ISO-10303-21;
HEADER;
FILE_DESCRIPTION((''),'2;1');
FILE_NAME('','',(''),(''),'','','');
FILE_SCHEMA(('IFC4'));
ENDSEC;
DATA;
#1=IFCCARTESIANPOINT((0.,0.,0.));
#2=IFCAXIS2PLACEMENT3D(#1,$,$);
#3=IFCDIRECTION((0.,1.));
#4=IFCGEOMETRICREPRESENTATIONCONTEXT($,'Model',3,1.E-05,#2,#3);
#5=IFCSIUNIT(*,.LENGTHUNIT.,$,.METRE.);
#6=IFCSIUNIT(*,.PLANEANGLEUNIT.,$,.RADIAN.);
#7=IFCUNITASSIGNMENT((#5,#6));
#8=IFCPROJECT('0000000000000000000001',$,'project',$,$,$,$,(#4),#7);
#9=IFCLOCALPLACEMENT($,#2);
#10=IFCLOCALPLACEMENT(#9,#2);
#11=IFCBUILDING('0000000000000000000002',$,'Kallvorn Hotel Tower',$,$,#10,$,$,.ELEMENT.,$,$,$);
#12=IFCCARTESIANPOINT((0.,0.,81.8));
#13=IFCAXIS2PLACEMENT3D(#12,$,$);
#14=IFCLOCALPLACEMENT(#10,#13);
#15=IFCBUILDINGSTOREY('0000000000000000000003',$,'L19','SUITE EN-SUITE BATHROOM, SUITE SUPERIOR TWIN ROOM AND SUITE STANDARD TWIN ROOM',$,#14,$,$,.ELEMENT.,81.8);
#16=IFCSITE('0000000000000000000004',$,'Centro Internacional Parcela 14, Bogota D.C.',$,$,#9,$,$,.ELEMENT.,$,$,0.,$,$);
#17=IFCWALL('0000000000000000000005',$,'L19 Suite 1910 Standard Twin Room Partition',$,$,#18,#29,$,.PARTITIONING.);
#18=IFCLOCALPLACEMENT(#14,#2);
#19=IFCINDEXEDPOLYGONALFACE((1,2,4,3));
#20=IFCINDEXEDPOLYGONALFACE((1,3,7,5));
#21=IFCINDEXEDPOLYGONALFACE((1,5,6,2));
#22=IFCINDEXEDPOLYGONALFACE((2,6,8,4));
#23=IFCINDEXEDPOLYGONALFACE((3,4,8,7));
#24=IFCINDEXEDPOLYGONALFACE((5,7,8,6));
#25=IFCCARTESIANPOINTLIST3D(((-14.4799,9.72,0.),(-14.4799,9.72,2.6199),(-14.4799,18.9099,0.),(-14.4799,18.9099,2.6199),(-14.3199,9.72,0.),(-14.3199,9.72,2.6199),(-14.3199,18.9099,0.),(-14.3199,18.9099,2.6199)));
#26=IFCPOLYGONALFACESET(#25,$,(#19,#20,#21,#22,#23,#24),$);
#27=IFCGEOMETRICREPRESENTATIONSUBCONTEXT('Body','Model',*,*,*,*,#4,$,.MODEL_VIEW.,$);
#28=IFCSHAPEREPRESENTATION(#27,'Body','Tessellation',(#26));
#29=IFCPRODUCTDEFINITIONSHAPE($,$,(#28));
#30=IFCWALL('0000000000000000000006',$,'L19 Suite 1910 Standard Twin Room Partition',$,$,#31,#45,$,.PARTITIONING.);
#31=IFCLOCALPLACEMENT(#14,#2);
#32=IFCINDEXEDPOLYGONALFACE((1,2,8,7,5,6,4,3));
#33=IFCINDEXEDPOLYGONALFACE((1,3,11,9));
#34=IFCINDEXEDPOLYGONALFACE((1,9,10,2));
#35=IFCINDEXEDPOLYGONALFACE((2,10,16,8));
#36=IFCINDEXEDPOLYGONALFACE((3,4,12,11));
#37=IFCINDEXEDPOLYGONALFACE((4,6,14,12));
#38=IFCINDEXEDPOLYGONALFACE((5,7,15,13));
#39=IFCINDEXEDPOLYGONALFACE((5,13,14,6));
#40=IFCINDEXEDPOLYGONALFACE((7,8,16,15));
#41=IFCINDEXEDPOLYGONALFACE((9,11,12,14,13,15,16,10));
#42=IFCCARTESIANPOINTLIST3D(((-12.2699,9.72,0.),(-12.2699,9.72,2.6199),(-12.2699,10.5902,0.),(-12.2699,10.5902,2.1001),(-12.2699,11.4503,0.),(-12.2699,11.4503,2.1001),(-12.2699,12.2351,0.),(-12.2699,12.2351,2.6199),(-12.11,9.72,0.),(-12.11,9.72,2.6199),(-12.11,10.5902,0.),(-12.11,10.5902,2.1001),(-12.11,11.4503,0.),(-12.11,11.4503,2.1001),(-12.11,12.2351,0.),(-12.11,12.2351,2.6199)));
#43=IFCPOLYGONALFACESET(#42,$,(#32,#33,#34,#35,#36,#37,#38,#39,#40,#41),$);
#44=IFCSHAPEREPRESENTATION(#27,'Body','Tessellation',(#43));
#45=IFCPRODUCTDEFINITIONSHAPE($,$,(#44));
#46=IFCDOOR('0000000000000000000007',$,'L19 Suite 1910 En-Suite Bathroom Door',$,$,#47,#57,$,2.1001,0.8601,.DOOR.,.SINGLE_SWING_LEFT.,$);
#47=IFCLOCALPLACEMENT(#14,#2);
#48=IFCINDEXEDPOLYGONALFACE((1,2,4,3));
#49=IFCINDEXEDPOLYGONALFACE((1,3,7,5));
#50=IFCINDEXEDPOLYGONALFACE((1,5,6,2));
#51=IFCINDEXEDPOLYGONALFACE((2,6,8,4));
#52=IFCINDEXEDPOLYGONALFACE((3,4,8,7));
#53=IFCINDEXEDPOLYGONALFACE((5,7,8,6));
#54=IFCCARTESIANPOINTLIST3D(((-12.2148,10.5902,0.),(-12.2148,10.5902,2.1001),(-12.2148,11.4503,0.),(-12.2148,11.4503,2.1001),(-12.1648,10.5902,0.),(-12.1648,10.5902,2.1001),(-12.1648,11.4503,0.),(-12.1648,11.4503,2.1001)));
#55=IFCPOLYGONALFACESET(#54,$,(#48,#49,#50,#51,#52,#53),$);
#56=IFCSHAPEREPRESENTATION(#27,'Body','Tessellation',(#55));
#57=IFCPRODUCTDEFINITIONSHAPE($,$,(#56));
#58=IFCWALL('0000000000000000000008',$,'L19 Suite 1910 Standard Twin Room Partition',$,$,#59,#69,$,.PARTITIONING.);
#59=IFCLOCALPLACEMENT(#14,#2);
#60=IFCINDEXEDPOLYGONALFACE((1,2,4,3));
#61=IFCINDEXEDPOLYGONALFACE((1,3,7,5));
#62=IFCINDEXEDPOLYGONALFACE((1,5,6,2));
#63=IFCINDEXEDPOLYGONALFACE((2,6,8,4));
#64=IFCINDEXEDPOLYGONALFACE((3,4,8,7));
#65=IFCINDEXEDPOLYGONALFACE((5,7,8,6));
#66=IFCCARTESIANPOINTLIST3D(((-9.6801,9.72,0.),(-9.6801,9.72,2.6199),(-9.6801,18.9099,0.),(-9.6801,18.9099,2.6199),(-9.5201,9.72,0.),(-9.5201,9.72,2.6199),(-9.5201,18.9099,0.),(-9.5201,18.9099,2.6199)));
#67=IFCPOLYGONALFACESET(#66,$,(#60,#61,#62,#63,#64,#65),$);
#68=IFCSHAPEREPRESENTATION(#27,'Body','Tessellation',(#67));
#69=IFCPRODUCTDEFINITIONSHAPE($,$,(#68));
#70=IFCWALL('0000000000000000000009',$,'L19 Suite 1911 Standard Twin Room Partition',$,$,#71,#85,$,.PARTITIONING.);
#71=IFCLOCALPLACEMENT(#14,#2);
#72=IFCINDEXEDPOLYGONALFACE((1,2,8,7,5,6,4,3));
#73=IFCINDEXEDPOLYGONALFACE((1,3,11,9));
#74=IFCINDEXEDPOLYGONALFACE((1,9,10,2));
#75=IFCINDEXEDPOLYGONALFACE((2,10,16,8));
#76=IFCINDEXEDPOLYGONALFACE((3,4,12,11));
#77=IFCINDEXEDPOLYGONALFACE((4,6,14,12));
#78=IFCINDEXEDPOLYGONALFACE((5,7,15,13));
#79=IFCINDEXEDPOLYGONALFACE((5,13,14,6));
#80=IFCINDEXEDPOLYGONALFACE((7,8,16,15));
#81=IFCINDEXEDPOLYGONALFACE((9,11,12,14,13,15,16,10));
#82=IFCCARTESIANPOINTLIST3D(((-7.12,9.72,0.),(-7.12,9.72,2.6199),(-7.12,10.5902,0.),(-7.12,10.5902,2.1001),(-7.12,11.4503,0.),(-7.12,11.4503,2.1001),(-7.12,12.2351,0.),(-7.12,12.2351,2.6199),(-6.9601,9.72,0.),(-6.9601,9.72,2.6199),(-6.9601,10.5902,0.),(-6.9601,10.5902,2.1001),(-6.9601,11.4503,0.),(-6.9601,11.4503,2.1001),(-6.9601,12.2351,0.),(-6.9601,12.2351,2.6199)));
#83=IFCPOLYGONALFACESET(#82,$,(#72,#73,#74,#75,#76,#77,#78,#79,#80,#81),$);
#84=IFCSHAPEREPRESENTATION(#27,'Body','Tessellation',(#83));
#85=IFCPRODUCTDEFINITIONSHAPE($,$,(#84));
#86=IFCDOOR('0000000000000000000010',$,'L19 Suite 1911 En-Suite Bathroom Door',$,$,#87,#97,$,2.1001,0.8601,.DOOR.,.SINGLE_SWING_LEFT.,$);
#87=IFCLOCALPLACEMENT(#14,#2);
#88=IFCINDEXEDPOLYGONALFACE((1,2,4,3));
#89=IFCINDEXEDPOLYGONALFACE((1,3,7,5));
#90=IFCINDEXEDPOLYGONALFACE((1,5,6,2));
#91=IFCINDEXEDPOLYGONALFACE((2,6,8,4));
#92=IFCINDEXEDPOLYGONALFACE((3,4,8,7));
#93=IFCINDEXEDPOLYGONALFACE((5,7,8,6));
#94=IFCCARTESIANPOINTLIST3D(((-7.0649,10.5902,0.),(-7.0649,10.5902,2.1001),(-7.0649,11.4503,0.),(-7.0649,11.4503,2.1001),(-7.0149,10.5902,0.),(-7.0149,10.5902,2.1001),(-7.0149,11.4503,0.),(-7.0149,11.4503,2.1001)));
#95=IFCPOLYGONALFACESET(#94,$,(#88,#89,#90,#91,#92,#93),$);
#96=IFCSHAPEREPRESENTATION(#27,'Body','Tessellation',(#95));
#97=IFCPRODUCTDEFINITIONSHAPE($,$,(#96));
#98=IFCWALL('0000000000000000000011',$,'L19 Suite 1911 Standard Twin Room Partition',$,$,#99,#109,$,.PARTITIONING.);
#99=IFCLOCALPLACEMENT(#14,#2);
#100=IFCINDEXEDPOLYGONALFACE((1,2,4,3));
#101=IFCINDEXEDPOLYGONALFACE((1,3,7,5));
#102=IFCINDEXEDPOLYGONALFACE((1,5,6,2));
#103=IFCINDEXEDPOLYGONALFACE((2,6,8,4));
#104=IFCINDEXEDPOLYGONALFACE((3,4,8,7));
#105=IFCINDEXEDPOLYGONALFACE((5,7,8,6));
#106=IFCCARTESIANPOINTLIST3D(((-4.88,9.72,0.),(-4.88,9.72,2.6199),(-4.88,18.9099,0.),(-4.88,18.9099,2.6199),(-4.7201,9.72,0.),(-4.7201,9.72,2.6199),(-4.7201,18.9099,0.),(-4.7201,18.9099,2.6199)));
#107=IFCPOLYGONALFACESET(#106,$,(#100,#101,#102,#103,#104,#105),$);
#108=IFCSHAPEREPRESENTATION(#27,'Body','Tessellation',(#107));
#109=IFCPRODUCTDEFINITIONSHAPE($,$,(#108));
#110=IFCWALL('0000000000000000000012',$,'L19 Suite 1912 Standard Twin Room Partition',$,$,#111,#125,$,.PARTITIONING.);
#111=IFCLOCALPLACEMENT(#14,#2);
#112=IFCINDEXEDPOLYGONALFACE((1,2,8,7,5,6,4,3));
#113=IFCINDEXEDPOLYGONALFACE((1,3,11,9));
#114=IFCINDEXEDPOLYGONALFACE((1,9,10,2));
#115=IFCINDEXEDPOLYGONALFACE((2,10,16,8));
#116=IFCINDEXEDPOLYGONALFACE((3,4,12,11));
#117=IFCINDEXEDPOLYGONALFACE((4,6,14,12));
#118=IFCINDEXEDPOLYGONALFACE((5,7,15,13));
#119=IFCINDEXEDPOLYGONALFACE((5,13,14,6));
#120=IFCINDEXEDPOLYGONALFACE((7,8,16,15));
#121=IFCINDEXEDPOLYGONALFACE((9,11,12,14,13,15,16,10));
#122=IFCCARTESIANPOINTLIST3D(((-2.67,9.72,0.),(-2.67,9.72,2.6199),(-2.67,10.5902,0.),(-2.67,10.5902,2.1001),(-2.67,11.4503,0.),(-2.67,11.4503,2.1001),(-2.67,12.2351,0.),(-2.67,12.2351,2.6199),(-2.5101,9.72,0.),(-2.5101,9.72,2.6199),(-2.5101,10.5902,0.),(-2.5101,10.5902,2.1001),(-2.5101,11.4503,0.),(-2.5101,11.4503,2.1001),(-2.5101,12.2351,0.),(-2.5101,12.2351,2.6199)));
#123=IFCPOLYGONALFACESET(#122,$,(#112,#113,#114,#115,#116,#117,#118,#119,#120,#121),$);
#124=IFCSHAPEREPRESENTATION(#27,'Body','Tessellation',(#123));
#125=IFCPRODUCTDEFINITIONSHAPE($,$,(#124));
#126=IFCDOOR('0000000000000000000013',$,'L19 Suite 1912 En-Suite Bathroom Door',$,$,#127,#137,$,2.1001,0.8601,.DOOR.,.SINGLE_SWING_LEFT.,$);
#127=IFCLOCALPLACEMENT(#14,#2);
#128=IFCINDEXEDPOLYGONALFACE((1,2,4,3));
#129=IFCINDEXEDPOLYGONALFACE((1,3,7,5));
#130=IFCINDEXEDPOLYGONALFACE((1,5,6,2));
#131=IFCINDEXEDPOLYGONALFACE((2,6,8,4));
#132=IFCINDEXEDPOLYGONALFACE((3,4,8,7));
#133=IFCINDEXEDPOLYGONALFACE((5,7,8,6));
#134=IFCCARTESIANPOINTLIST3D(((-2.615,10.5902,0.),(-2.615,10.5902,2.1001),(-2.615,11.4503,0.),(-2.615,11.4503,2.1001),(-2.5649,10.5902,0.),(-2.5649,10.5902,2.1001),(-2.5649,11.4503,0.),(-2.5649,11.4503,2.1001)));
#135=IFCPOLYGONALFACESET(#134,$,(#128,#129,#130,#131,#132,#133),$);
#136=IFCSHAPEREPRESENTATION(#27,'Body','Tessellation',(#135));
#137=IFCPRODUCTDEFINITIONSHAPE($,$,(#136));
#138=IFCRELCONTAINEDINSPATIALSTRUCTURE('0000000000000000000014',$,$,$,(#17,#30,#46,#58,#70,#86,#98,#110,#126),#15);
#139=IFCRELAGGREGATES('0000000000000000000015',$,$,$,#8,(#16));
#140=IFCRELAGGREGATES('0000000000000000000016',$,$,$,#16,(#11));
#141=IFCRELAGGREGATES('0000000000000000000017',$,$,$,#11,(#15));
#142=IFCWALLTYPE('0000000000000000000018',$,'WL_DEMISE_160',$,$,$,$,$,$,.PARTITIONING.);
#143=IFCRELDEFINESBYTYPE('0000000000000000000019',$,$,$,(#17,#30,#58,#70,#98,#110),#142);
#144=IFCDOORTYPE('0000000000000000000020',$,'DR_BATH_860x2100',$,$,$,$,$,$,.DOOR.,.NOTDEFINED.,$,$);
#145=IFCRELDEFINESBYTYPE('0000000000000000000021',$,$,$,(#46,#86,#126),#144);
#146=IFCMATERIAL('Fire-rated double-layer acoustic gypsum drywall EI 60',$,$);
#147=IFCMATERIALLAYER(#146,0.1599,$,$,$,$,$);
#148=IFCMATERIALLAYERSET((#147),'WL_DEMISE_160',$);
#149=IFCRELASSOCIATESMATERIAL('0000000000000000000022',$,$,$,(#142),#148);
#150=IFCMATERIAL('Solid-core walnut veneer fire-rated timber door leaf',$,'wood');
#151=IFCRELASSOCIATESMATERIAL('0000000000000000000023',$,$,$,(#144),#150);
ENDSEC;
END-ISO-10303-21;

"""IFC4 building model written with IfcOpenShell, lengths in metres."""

from ifc_helpers import new_model, si_unit, direction, frame, frame_2d, origin, place, context, subcontext, project, spatial, rectangle, extrude, material, layer, layer_set, type_object, element, fill, save


model = new_model("IFC4")

# Units and contexts
model_context = context("Model", 3, precision=1e-05, world=origin(), true_north=direction((0.0, 1.0)))
body_context = subcontext(model_context, "Body", "Model", "MODEL_VIEW")
ifc_project = project(units=[si_unit("LENGTHUNIT", "METRE"), si_unit("PLANEANGLEUNIT", "RADIAN")], contexts=[model_context])

# Site, building, storey
site_placement = place(None, origin())
site = spatial("IfcSite", under=ifc_project, at=site_placement, Name="Centro Internacional Parcela 14, Bogota D.C.", CompositionType="ELEMENT", RefElevation=0.0)
building_placement = place(site_placement, origin())
building = spatial("IfcBuilding", under=site, at=building_placement, Name="Kallvorn Hotel Tower", CompositionType="ELEMENT")
storey_placement = place(building_placement, frame((0.0, 0.0, 81.8)))
storey = spatial("IfcBuildingStorey", under=building, at=storey_placement, Name="L19", Description="SUITE EN-SUITE BATHROOM, SUITE SUPERIOR TWIN ROOM AND SUITE STANDARD TWIN ROOM", CompositionType="ELEMENT", Elevation=81.8)

# Wall
ifc_material_1 = material(Name="Fire-rated double-layer acoustic gypsum drywall EI 60")
ifc_layer_1 = layer(ifc_material_1, 0.1599)
ifc_layer_set_1 = layer_set([ifc_layer_1], Name="WL_DEMISE_160")
wall_type = type_object("IfcWallType", Name="WL_DEMISE_160", PredefinedType="PARTITIONING", material=ifc_layer_set_1)
wall_1_placement = place(storey_placement, frame((-14.3999, 9.72, 0.0), z_axis=(0.0, 0.0, 1.0), x_axis=(0.0, 1.0, 0.0)))
element("IfcWall", 1, at=wall_1_placement, inside=storey, type_object=wall_type, Name="L19 Suite 1910 Standard Twin Room Partition", PredefinedType="PARTITIONING", context=body_context, shape_type="SweptSolid", body=[
    extrude(rectangle(XDim=9.1899, YDim=0.1599, at=frame_2d((4.595, 0.0))), origin(), (0.0, 0.0, 1.0), 2.6199),
])

# Wall, opening, door
wall_2_placement = place(storey_placement, frame((-12.1899, 9.72, 0.0), z_axis=(0.0, 0.0, 1.0), x_axis=(0.0, 1.0, 0.0)))
wall_2 = element("IfcWall", 2, at=wall_2_placement, inside=storey, type_object=wall_type, Name="L19 Suite 1910 Standard Twin Room Partition", PredefinedType="PARTITIONING", context=body_context, shape_type="SweptSolid", body=[
    extrude(rectangle(XDim=2.5151, YDim=0.1599, at=frame_2d((1.2576, 0.0))), origin(), (0.0, 0.0, 1.0), 2.6199),
])
opening_1_placement = place(wall_2_placement, frame((0.8701, 0.0, 0.0)))
opening_1 = element("IfcOpeningElement", 3, at=opening_1_placement, cuts=wall_2, PredefinedType="OPENING", context=body_context, shape_type="SweptSolid", body=[
    extrude(rectangle(XDim=0.8601, YDim=2.1001, at=frame_2d((0.4302, 1.05))), frame((0.0, 0.095, 0.0), z_axis=(0.0, -1.0, 0.0), x_axis=(1.0, 0.0, 0.0)), (0.0, 0.0, 1.0), 0.1899),
])
ifc_material_2 = material(Name="Solid-core walnut veneer fire-rated timber door leaf", Category="wood")
door_type = type_object("IfcDoorType", Name="DR_BATH_860x2100", OperationType="NOTDEFINED", PredefinedType="DOOR", material=ifc_material_2)
door_1_placement = place(opening_1_placement, origin())
door_1 = element("IfcDoor", 4, at=door_1_placement, inside=storey, type_object=door_type, Name="L19 Suite 1910 En-Suite Bathroom Door", OperationType="SINGLE_SWING_LEFT", OverallHeight=2.1001, OverallWidth=0.8601, PredefinedType="DOOR", context=body_context, shape_type="SweptSolid", body=[
    extrude(rectangle(XDim=0.8601, YDim=2.1001, at=frame_2d((0.4302, 1.05))), frame((0.0, 0.0249, 0.0), z_axis=(0.0, -1.0, 0.0), x_axis=(1.0, 0.0, 0.0)), (0.0, 0.0, 1.0), 0.05),
])
fill(opening_1, door_1)

# Wall
wall_3_placement = place(storey_placement, frame((-9.6001, 9.72, 0.0), z_axis=(0.0, 0.0, 1.0), x_axis=(0.0, 1.0, 0.0)))
element("IfcWall", 5, at=wall_3_placement, inside=storey, type_object=wall_type, Name="L19 Suite 1910 Standard Twin Room Partition", PredefinedType="PARTITIONING", context=body_context, shape_type="SweptSolid", body=[
    extrude(rectangle(XDim=9.1899, YDim=0.1599, at=frame_2d((4.595, 0.0))), origin(), (0.0, 0.0, 1.0), 2.6199),
])

# Wall, opening, door
wall_4_placement = place(storey_placement, frame((-7.04, 9.72, 0.0), z_axis=(0.0, 0.0, 1.0), x_axis=(0.0, 1.0, 0.0)))
wall_4 = element("IfcWall", 6, at=wall_4_placement, inside=storey, type_object=wall_type, Name="L19 Suite 1911 Standard Twin Room Partition", PredefinedType="PARTITIONING", context=body_context, shape_type="SweptSolid", body=[
    extrude(rectangle(XDim=2.5151, YDim=0.1599, at=frame_2d((1.2576, 0.0))), origin(), (0.0, 0.0, 1.0), 2.6199),
])
opening_2_placement = place(wall_4_placement, frame((0.8701, 0.0, 0.0)))
opening_2 = element("IfcOpeningElement", 7, at=opening_2_placement, cuts=wall_4, PredefinedType="OPENING", context=body_context, shape_type="SweptSolid", body=[
    extrude(rectangle(XDim=0.8601, YDim=2.1001, at=frame_2d((0.4302, 1.05))), frame((0.0, 0.095, 0.0), z_axis=(0.0, -1.0, 0.0), x_axis=(1.0, 0.0, 0.0)), (0.0, 0.0, 1.0), 0.1899),
])
door_2_placement = place(opening_2_placement, origin())
door_2 = element("IfcDoor", 8, at=door_2_placement, inside=storey, type_object=door_type, Name="L19 Suite 1911 En-Suite Bathroom Door", OperationType="SINGLE_SWING_LEFT", OverallHeight=2.1001, OverallWidth=0.8601, PredefinedType="DOOR", context=body_context, shape_type="SweptSolid", body=[
    extrude(rectangle(XDim=0.8601, YDim=2.1001, at=frame_2d((0.4302, 1.05))), frame((0.0, 0.0249, 0.0), z_axis=(0.0, -1.0, 0.0), x_axis=(1.0, 0.0, 0.0)), (0.0, 0.0, 1.0), 0.05),
])
fill(opening_2, door_2)

# Wall
wall_5_placement = place(storey_placement, frame((-4.8, 9.72, 0.0), z_axis=(0.0, 0.0, 1.0), x_axis=(0.0, 1.0, 0.0)))
element("IfcWall", 9, at=wall_5_placement, inside=storey, type_object=wall_type, Name="L19 Suite 1911 Standard Twin Room Partition", PredefinedType="PARTITIONING", context=body_context, shape_type="SweptSolid", body=[
    extrude(rectangle(XDim=9.1899, YDim=0.1599, at=frame_2d((4.595, 0.0))), origin(), (0.0, 0.0, 1.0), 2.6199),
])

# Wall, opening, door
wall_6_placement = place(storey_placement, frame((-2.5901, 9.72, 0.0), z_axis=(0.0, 0.0, 1.0), x_axis=(0.0, 1.0, 0.0)))
wall_6 = element("IfcWall", 10, at=wall_6_placement, inside=storey, type_object=wall_type, Name="L19 Suite 1912 Standard Twin Room Partition", PredefinedType="PARTITIONING", context=body_context, shape_type="SweptSolid", body=[
    extrude(rectangle(XDim=2.5151, YDim=0.1599, at=frame_2d((1.2576, 0.0))), origin(), (0.0, 0.0, 1.0), 2.6199),
])
opening_3_placement = place(wall_6_placement, frame((0.8701, 0.0, 0.0)))
opening_3 = element("IfcOpeningElement", 11, at=opening_3_placement, cuts=wall_6, PredefinedType="OPENING", context=body_context, shape_type="SweptSolid", body=[
    extrude(rectangle(XDim=0.8601, YDim=2.1001, at=frame_2d((0.4302, 1.05))), frame((0.0, 0.095, 0.0), z_axis=(0.0, -1.0, 0.0), x_axis=(1.0, 0.0, 0.0)), (0.0, 0.0, 1.0), 0.1899),
])
door_3_placement = place(opening_3_placement, origin())
door_3 = element("IfcDoor", 12, at=door_3_placement, inside=storey, type_object=door_type, Name="L19 Suite 1912 En-Suite Bathroom Door", OperationType="SINGLE_SWING_LEFT", OverallHeight=2.1001, OverallWidth=0.8601, PredefinedType="DOOR", context=body_context, shape_type="SweptSolid", body=[
    extrude(rectangle(XDim=0.8601, YDim=2.1001, at=frame_2d((0.4302, 1.05))), frame((0.0, 0.0249, 0.0), z_axis=(0.0, -1.0, 0.0), x_axis=(1.0, 0.0, 0.0)), (0.0, 0.0, 1.0), 0.05),
])
fill(opening_3, door_3)

save(model, "model.ifc")
